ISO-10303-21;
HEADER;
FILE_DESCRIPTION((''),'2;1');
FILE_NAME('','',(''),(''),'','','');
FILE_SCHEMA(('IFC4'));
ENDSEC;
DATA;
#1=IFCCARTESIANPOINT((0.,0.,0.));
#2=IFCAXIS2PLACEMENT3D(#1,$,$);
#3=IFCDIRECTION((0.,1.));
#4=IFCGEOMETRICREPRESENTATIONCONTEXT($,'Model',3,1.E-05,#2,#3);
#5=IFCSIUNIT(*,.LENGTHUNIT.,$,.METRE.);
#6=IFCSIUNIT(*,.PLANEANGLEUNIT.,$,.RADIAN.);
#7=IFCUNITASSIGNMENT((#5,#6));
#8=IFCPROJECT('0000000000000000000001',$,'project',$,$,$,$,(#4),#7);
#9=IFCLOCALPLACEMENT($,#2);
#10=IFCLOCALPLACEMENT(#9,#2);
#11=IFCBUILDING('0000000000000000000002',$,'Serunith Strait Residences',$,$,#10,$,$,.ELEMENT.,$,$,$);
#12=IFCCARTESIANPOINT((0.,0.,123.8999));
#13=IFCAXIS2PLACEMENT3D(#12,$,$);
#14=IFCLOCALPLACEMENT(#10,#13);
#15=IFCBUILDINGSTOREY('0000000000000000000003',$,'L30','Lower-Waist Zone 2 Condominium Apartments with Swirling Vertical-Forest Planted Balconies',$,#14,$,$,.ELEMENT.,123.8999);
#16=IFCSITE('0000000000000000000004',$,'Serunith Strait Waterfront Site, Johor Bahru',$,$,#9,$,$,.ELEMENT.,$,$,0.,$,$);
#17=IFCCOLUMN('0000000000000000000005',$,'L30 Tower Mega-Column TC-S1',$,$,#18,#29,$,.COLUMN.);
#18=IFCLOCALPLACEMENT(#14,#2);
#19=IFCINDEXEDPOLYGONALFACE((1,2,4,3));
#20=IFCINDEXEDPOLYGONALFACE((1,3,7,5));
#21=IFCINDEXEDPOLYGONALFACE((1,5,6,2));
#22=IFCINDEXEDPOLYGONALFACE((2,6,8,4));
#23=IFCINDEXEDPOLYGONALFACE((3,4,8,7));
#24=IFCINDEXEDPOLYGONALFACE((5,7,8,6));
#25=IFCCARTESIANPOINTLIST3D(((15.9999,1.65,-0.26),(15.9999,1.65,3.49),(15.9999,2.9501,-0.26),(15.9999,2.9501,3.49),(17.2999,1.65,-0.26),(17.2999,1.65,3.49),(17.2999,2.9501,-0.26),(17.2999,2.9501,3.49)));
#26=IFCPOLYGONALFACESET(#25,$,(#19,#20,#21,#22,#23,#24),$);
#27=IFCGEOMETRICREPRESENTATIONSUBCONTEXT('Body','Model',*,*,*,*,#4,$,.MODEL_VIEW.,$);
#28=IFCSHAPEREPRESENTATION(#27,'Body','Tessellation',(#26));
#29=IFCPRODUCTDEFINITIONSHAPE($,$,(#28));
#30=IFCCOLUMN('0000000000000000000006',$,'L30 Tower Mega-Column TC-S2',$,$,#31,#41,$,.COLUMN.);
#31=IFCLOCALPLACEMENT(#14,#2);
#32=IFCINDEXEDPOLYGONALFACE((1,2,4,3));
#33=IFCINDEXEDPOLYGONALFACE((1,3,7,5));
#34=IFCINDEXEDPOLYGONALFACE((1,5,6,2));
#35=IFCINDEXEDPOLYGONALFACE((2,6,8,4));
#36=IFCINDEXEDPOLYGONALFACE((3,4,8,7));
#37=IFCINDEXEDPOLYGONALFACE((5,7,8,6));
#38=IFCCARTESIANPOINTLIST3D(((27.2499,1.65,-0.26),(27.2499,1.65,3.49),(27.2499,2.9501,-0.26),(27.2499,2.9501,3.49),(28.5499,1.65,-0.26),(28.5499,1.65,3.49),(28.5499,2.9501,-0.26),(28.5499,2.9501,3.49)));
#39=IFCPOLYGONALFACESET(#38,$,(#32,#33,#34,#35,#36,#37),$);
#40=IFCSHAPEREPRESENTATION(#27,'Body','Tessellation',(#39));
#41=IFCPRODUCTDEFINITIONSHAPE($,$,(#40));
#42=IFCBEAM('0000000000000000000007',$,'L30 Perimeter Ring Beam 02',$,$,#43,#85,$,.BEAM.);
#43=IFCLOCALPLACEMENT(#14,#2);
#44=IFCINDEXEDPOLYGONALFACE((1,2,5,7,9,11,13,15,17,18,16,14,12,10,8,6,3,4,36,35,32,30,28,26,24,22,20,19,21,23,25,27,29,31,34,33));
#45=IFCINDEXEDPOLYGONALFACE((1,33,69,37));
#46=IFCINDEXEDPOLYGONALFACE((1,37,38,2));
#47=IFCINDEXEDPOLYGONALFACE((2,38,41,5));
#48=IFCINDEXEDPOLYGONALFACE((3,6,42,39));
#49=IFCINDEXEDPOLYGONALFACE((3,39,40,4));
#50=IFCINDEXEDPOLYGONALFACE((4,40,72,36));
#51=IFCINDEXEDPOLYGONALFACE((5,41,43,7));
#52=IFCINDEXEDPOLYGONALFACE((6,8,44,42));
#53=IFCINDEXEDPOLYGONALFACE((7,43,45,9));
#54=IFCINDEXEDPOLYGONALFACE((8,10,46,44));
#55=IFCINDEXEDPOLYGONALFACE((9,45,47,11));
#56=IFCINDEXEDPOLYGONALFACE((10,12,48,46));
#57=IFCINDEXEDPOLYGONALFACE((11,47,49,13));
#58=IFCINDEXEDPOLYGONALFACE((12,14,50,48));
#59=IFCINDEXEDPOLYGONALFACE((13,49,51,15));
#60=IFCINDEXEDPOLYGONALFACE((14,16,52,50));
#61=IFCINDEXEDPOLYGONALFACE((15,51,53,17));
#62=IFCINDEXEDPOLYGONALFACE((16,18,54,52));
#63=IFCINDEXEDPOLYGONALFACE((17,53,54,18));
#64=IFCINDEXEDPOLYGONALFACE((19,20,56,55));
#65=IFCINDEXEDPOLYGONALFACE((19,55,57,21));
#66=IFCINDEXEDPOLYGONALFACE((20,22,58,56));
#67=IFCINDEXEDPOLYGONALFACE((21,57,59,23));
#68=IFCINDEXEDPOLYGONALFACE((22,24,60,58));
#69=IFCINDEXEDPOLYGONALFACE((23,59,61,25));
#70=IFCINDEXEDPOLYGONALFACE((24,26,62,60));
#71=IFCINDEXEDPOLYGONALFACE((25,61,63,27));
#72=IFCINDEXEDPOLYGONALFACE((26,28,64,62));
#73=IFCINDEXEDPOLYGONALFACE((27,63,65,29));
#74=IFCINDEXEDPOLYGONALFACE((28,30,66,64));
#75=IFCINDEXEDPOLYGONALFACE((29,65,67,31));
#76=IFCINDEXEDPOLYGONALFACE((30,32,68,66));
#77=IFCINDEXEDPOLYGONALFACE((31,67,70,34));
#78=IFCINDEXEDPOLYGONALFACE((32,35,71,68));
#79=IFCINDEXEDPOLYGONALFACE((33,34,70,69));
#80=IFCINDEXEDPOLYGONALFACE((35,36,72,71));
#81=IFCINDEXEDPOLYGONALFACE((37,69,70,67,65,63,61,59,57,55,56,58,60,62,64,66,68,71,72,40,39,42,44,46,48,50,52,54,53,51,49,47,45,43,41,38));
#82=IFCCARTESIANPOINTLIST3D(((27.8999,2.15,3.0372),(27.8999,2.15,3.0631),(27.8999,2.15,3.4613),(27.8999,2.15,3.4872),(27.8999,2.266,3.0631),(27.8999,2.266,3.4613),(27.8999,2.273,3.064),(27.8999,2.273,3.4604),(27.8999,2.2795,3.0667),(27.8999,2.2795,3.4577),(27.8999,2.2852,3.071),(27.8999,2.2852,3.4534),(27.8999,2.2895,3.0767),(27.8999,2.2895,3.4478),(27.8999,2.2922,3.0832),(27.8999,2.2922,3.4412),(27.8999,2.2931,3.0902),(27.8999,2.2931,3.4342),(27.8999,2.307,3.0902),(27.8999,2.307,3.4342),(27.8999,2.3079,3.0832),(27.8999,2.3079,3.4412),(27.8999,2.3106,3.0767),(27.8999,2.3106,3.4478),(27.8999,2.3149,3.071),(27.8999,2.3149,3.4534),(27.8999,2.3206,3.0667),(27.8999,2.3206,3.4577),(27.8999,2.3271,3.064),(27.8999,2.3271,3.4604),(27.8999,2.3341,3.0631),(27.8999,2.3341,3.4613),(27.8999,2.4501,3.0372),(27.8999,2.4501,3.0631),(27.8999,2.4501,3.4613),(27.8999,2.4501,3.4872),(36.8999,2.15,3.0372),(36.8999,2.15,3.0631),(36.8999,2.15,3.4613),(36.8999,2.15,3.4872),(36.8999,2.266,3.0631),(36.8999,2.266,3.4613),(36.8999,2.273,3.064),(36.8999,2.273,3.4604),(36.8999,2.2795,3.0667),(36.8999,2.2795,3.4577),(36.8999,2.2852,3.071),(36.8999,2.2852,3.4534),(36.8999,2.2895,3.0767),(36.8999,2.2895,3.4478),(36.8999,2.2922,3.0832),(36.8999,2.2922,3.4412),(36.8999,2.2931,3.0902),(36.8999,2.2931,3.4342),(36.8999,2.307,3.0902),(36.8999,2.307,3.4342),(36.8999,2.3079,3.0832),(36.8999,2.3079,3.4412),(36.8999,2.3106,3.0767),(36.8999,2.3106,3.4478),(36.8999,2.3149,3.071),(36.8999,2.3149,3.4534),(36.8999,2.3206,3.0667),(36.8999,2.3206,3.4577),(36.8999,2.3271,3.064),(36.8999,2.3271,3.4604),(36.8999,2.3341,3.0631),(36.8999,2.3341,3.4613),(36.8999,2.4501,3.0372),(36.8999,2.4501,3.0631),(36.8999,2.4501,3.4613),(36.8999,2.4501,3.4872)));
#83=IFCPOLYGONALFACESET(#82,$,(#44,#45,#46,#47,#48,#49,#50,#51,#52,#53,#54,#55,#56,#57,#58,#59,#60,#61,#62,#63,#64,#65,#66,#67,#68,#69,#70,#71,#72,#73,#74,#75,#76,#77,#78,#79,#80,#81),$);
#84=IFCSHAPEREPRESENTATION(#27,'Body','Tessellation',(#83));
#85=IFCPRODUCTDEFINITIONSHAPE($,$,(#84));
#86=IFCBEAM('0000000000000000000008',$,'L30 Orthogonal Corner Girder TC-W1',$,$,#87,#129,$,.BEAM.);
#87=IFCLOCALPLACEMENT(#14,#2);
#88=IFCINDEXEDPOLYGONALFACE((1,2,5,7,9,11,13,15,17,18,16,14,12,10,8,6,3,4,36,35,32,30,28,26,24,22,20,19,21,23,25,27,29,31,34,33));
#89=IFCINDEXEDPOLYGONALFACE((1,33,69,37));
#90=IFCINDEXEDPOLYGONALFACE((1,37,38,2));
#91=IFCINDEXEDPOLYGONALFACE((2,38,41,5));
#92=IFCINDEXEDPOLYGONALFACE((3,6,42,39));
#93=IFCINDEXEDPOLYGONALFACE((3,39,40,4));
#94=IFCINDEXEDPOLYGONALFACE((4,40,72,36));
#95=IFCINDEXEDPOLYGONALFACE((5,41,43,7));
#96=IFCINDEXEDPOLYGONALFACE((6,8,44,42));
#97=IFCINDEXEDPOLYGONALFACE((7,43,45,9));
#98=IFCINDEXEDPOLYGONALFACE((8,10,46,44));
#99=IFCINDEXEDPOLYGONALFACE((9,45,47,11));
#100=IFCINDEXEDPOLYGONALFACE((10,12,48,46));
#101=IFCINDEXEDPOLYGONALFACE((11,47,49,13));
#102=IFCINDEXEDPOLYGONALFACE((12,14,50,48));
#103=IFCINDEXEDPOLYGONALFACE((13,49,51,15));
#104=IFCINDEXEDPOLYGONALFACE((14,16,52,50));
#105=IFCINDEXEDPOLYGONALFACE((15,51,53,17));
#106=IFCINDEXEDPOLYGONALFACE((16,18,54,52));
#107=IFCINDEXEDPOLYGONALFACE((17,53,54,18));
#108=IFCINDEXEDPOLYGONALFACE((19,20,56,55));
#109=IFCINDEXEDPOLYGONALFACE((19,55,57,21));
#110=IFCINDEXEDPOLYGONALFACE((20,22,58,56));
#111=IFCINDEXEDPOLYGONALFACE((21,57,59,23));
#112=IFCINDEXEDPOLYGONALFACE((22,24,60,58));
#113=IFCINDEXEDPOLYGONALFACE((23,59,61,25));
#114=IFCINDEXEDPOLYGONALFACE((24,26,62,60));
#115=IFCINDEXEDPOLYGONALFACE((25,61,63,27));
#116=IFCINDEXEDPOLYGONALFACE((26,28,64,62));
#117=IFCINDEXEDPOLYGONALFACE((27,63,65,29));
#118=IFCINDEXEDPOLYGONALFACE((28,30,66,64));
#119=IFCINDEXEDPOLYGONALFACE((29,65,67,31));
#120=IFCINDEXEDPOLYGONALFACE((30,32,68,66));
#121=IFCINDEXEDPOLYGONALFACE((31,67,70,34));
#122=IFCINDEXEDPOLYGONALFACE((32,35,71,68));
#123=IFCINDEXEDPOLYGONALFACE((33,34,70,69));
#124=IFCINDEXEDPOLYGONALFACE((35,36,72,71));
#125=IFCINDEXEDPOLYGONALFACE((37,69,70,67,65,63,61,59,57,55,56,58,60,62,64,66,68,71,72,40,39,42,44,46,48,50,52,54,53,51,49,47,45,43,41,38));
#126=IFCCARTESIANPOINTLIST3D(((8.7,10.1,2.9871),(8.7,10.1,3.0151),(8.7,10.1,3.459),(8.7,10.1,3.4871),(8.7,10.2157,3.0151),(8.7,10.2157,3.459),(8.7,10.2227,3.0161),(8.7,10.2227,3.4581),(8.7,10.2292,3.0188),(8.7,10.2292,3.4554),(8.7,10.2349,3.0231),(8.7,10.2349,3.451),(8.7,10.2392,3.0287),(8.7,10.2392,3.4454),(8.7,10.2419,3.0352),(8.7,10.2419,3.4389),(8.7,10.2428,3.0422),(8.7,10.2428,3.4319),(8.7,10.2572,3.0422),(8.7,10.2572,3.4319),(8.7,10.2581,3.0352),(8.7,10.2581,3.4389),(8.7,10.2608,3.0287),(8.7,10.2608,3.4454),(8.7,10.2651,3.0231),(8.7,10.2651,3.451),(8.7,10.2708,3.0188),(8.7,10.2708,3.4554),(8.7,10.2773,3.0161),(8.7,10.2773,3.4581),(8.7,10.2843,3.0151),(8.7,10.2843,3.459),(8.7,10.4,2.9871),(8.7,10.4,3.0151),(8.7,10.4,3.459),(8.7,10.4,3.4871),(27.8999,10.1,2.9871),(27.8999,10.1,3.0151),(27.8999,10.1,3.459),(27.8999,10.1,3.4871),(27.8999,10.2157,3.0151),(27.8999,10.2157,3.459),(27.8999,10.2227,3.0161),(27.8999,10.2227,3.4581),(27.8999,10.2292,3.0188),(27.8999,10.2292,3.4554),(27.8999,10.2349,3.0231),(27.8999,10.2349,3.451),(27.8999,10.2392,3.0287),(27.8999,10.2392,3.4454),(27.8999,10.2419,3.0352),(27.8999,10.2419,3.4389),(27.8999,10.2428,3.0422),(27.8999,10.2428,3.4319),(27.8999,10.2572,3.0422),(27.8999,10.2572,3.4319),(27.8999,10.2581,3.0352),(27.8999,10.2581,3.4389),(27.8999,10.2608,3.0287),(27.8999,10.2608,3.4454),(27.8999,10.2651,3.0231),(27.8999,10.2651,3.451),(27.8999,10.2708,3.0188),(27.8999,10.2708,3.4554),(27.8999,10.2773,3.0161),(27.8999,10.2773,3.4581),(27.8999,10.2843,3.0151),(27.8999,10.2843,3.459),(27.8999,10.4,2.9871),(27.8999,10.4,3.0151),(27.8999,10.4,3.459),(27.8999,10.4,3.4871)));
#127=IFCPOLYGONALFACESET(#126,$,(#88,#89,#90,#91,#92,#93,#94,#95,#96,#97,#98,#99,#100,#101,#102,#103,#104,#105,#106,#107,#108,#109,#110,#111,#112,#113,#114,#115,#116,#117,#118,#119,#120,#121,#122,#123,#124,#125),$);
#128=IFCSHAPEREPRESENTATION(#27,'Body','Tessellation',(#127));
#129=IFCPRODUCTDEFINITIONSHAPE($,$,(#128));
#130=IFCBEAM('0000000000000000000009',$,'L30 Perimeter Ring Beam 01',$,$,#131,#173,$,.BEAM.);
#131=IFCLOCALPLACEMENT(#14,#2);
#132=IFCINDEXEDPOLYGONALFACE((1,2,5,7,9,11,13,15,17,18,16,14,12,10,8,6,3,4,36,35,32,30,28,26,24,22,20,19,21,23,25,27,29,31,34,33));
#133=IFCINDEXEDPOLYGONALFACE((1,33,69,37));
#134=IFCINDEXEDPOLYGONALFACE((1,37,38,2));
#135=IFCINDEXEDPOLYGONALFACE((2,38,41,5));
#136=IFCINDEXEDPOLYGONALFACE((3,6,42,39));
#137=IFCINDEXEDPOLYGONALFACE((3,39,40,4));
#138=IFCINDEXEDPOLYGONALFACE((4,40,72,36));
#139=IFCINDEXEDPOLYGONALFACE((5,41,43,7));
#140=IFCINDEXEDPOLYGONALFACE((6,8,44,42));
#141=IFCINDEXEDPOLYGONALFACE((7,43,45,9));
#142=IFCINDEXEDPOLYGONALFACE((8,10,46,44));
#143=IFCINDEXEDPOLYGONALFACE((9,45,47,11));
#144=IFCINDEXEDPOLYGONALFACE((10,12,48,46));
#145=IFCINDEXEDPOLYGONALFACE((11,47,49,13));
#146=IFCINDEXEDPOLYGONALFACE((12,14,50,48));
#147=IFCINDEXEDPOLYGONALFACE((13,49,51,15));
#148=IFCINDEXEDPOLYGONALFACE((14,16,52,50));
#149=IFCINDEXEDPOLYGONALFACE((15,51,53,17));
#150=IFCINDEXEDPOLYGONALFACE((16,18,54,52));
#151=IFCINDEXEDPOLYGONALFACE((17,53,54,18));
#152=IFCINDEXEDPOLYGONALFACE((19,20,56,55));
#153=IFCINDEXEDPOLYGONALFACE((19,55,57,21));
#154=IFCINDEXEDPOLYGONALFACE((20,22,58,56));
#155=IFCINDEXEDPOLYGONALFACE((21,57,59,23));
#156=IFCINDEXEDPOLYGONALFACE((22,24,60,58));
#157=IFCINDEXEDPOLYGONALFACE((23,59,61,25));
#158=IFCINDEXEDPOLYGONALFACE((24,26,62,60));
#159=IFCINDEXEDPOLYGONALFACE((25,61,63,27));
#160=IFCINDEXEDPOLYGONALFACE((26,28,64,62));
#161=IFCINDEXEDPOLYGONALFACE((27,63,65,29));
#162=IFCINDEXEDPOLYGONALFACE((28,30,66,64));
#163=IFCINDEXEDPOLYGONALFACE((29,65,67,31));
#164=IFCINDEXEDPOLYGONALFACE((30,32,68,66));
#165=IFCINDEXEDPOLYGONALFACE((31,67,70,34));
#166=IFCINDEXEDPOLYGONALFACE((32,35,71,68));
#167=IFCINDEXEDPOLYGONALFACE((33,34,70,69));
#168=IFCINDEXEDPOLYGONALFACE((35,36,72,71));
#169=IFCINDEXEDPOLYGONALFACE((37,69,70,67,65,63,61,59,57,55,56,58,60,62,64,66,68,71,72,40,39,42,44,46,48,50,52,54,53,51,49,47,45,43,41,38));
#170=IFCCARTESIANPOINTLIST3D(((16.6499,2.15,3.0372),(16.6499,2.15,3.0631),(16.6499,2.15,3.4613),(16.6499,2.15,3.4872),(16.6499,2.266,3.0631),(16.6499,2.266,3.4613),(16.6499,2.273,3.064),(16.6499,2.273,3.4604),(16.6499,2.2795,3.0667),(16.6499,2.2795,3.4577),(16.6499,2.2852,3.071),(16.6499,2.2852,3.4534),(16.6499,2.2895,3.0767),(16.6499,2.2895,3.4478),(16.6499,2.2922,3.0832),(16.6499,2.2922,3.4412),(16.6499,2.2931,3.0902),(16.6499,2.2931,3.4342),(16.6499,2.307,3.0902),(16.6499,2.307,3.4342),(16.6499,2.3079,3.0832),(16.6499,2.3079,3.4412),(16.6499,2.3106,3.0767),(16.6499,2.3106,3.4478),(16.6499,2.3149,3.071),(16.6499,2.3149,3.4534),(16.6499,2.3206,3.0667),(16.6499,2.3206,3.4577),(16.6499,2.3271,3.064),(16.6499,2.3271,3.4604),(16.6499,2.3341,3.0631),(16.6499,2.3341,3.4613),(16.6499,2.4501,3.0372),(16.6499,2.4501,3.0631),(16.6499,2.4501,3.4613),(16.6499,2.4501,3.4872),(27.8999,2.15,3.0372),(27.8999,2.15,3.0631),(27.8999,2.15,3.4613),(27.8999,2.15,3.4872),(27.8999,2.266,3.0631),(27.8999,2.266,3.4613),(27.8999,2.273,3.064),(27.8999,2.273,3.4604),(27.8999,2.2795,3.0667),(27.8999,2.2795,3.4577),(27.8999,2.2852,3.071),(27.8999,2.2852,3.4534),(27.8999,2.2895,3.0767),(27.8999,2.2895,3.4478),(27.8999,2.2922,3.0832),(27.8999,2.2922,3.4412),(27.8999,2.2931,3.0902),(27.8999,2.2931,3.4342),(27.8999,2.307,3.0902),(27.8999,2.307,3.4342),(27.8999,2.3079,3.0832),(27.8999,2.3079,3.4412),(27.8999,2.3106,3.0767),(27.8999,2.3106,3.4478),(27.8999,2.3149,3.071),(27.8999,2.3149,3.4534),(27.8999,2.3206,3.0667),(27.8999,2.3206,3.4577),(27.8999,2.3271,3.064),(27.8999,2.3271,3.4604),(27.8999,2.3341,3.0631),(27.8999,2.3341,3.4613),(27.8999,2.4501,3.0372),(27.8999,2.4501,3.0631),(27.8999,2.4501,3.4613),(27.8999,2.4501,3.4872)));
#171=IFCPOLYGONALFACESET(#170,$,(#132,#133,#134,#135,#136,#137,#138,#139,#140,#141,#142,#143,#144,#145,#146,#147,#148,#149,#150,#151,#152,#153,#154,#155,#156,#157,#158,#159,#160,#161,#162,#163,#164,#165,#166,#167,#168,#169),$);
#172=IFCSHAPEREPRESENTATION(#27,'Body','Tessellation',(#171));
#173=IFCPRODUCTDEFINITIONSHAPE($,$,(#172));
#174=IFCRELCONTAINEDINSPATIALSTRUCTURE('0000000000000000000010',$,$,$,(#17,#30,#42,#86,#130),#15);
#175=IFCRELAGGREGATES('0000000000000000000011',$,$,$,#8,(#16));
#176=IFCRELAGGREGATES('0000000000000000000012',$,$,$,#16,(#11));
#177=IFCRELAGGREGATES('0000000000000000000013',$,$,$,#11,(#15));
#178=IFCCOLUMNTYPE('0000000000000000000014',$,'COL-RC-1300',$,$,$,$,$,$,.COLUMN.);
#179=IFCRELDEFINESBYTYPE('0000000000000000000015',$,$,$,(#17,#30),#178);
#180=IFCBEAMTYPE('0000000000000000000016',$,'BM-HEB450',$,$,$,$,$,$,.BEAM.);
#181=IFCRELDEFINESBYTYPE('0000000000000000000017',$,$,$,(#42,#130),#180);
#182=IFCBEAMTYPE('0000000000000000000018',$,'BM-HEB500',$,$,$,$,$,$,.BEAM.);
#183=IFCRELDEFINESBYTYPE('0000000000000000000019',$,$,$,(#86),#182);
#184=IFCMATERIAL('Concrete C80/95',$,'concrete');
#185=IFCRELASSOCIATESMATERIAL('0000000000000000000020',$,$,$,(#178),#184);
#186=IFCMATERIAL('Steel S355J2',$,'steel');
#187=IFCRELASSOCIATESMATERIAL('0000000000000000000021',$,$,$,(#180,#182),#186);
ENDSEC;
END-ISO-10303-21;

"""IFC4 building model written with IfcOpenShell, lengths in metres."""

from ifc_helpers import new_model, si_unit, direction, frame, origin, origin_2d, place, context, subcontext, project, spatial, rectangle, i_section, extrude, source, transform, mapped, material, material_profile, profile_set, type_object, element, save


model = new_model("IFC4")

# Units and contexts
model_context = context("Model", 3, precision=1e-05, world=origin(), true_north=direction((0.0, 1.0)))
body_context = subcontext(model_context, "Body", "Model", "MODEL_VIEW")
ifc_project = project(units=[si_unit("LENGTHUNIT", "METRE"), si_unit("PLANEANGLEUNIT", "RADIAN")], contexts=[model_context])

# Site, building, storey
site_placement = place(None, origin())
site = spatial("IfcSite", under=ifc_project, at=site_placement, Name="Serunith Strait Waterfront Site, Johor Bahru", CompositionType="ELEMENT", RefElevation=0.0)
building_placement = place(site_placement, origin())
building = spatial("IfcBuilding", under=site, at=building_placement, Name="Serunith Strait Residences", CompositionType="ELEMENT")
storey_placement = place(building_placement, frame((0.0, 0.0, 123.8999)))
storey = spatial("IfcBuildingStorey", under=building, at=storey_placement, Name="L30", Description="Lower-Waist Zone 2 Condominium Apartments with Swirling Vertical-Forest Planted Balconies", CompositionType="ELEMENT", Elevation=123.8999)

# Columns
ifc_material_1 = material(Name="Concrete C80/95", Category="concrete")
ifc_material_profile_1 = material_profile(ifc_material_1, rectangle(XDim=1.3, YDim=1.3, at=origin_2d()), Name="RC 1300x1300")
ifc_profile_set_1 = profile_set([ifc_material_profile_1], Name="Concrete C80/95")
column_type = type_object("IfcColumnType", Name="COL-RC-1300", PredefinedType="COLUMN", material=ifc_profile_set_1)
shared_shape_1 = source(origin(), body_context, "Body", "SweptSolid", [
    extrude(rectangle(XDim=1.3, YDim=1.3, at=origin_2d()), origin(), (0.0, 0.0, 1.0), 3.75),
])
for number, where, z_axis, x_axis, name in (
    (1, (16.6499, 2.3, -0.26), (0.0, 0.0, 1.0), (1.0, 0.0, 0.0), "L30 Tower Mega-Column TC-S1"),
    (2, (27.8999, 2.3, -0.26), (0.0, 0.0, 1.0), (1.0, 0.0, 0.0), "L30 Tower Mega-Column TC-S2"),
):
    element("IfcColumn", number, at=place(storey_placement, frame(where, z_axis=z_axis, x_axis=x_axis)), inside=storey, type_object=column_type, Name=name, PredefinedType="COLUMN", context=body_context, shape_type="MappedRepresentation", body=[
        mapped(shared_shape_1, transform((0.0, 0.0, 0.0), scale=1.0)),
    ])

# Beams
ifc_material_2 = material(Name="Steel S355J2", Category="steel")
ifc_material_profile_2 = material_profile(ifc_material_2, i_section(OverallWidth=0.3, OverallDepth=0.45, WebThickness=0.0139, FlangeThickness=0.0259, FilletRadius=0.0271, at=origin_2d()), Name="HEB 450")
ifc_profile_set_2 = profile_set([ifc_material_profile_2], Name="Steel S355J2")
beam_type_1 = type_object("IfcBeamType", Name="BM-HEB450", PredefinedType="BEAM", material=ifc_profile_set_2)
shared_shape_2 = source(origin(), body_context, "Body", "SweptSolid", [
    extrude(i_section(OverallWidth=0.3, OverallDepth=0.45, WebThickness=0.0139, FlangeThickness=0.0259, FilletRadius=0.0271, at=origin_2d()), origin(), (0.0, 0.0, 1.0), 9.0),
])
beam_1_placement = place(storey_placement, frame((27.8999, 2.3, 3.2622), z_axis=(1.0, 0.0, 0.0), x_axis=(0.0, 1.0, 0.0)))
element("IfcBeam", 3, at=beam_1_placement, inside=storey, type_object=beam_type_1, Name="L30 Perimeter Ring Beam 02", PredefinedType="BEAM", context=body_context, shape_type="MappedRepresentation", body=[
    mapped(shared_shape_2, transform((0.0, 0.0, 0.0), scale=1.0)),
])
ifc_material_profile_3 = material_profile(ifc_material_2, i_section(OverallWidth=0.3, OverallDepth=0.5, WebThickness=0.0144, FlangeThickness=0.0281, FilletRadius=0.0271, at=origin_2d()), Name="HEB 500")
ifc_profile_set_3 = profile_set([ifc_material_profile_3], Name="Steel S355J2")
beam_type_2 = type_object("IfcBeamType", Name="BM-HEB500", PredefinedType="BEAM", material=ifc_profile_set_3)
shared_shape_3 = source(origin(), body_context, "Body", "SweptSolid", [
    extrude(i_section(OverallWidth=0.3, OverallDepth=0.5, WebThickness=0.0144, FlangeThickness=0.0281, FilletRadius=0.0271, at=origin_2d()), origin(), (0.0, 0.0, 1.0), 19.2),
])
beam_2_placement = place(storey_placement, frame((27.8999, 10.25, 3.2371), z_axis=(-1.0, 0.0, 0.0), x_axis=(0.0, -1.0, 0.0)))
element("IfcBeam", 4, at=beam_2_placement, inside=storey, type_object=beam_type_2, Name="L30 Orthogonal Corner Girder TC-W1", PredefinedType="BEAM", context=body_context, shape_type="MappedRepresentation", body=[
    mapped(shared_shape_3, transform((0.0, 0.0, 0.0), scale=1.0)),
])
shared_shape_4 = source(origin(), body_context, "Body", "SweptSolid", [
    extrude(i_section(OverallWidth=0.3, OverallDepth=0.45, WebThickness=0.0139, FlangeThickness=0.0259, FilletRadius=0.0271, at=origin_2d()), origin(), (0.0, 0.0, 1.0), 11.25),
])
beam_3_placement = place(storey_placement, frame((16.6499, 2.3, 3.2622), z_axis=(1.0, 0.0, 0.0), x_axis=(0.0, 1.0, 0.0)))
element("IfcBeam", 5, at=beam_3_placement, inside=storey, type_object=beam_type_1, Name="L30 Perimeter Ring Beam 01", PredefinedType="BEAM", context=body_context, shape_type="MappedRepresentation", body=[
    mapped(shared_shape_4, transform((0.0, 0.0, 0.0), scale=1.0)),
])

save(model, "model.ifc")
